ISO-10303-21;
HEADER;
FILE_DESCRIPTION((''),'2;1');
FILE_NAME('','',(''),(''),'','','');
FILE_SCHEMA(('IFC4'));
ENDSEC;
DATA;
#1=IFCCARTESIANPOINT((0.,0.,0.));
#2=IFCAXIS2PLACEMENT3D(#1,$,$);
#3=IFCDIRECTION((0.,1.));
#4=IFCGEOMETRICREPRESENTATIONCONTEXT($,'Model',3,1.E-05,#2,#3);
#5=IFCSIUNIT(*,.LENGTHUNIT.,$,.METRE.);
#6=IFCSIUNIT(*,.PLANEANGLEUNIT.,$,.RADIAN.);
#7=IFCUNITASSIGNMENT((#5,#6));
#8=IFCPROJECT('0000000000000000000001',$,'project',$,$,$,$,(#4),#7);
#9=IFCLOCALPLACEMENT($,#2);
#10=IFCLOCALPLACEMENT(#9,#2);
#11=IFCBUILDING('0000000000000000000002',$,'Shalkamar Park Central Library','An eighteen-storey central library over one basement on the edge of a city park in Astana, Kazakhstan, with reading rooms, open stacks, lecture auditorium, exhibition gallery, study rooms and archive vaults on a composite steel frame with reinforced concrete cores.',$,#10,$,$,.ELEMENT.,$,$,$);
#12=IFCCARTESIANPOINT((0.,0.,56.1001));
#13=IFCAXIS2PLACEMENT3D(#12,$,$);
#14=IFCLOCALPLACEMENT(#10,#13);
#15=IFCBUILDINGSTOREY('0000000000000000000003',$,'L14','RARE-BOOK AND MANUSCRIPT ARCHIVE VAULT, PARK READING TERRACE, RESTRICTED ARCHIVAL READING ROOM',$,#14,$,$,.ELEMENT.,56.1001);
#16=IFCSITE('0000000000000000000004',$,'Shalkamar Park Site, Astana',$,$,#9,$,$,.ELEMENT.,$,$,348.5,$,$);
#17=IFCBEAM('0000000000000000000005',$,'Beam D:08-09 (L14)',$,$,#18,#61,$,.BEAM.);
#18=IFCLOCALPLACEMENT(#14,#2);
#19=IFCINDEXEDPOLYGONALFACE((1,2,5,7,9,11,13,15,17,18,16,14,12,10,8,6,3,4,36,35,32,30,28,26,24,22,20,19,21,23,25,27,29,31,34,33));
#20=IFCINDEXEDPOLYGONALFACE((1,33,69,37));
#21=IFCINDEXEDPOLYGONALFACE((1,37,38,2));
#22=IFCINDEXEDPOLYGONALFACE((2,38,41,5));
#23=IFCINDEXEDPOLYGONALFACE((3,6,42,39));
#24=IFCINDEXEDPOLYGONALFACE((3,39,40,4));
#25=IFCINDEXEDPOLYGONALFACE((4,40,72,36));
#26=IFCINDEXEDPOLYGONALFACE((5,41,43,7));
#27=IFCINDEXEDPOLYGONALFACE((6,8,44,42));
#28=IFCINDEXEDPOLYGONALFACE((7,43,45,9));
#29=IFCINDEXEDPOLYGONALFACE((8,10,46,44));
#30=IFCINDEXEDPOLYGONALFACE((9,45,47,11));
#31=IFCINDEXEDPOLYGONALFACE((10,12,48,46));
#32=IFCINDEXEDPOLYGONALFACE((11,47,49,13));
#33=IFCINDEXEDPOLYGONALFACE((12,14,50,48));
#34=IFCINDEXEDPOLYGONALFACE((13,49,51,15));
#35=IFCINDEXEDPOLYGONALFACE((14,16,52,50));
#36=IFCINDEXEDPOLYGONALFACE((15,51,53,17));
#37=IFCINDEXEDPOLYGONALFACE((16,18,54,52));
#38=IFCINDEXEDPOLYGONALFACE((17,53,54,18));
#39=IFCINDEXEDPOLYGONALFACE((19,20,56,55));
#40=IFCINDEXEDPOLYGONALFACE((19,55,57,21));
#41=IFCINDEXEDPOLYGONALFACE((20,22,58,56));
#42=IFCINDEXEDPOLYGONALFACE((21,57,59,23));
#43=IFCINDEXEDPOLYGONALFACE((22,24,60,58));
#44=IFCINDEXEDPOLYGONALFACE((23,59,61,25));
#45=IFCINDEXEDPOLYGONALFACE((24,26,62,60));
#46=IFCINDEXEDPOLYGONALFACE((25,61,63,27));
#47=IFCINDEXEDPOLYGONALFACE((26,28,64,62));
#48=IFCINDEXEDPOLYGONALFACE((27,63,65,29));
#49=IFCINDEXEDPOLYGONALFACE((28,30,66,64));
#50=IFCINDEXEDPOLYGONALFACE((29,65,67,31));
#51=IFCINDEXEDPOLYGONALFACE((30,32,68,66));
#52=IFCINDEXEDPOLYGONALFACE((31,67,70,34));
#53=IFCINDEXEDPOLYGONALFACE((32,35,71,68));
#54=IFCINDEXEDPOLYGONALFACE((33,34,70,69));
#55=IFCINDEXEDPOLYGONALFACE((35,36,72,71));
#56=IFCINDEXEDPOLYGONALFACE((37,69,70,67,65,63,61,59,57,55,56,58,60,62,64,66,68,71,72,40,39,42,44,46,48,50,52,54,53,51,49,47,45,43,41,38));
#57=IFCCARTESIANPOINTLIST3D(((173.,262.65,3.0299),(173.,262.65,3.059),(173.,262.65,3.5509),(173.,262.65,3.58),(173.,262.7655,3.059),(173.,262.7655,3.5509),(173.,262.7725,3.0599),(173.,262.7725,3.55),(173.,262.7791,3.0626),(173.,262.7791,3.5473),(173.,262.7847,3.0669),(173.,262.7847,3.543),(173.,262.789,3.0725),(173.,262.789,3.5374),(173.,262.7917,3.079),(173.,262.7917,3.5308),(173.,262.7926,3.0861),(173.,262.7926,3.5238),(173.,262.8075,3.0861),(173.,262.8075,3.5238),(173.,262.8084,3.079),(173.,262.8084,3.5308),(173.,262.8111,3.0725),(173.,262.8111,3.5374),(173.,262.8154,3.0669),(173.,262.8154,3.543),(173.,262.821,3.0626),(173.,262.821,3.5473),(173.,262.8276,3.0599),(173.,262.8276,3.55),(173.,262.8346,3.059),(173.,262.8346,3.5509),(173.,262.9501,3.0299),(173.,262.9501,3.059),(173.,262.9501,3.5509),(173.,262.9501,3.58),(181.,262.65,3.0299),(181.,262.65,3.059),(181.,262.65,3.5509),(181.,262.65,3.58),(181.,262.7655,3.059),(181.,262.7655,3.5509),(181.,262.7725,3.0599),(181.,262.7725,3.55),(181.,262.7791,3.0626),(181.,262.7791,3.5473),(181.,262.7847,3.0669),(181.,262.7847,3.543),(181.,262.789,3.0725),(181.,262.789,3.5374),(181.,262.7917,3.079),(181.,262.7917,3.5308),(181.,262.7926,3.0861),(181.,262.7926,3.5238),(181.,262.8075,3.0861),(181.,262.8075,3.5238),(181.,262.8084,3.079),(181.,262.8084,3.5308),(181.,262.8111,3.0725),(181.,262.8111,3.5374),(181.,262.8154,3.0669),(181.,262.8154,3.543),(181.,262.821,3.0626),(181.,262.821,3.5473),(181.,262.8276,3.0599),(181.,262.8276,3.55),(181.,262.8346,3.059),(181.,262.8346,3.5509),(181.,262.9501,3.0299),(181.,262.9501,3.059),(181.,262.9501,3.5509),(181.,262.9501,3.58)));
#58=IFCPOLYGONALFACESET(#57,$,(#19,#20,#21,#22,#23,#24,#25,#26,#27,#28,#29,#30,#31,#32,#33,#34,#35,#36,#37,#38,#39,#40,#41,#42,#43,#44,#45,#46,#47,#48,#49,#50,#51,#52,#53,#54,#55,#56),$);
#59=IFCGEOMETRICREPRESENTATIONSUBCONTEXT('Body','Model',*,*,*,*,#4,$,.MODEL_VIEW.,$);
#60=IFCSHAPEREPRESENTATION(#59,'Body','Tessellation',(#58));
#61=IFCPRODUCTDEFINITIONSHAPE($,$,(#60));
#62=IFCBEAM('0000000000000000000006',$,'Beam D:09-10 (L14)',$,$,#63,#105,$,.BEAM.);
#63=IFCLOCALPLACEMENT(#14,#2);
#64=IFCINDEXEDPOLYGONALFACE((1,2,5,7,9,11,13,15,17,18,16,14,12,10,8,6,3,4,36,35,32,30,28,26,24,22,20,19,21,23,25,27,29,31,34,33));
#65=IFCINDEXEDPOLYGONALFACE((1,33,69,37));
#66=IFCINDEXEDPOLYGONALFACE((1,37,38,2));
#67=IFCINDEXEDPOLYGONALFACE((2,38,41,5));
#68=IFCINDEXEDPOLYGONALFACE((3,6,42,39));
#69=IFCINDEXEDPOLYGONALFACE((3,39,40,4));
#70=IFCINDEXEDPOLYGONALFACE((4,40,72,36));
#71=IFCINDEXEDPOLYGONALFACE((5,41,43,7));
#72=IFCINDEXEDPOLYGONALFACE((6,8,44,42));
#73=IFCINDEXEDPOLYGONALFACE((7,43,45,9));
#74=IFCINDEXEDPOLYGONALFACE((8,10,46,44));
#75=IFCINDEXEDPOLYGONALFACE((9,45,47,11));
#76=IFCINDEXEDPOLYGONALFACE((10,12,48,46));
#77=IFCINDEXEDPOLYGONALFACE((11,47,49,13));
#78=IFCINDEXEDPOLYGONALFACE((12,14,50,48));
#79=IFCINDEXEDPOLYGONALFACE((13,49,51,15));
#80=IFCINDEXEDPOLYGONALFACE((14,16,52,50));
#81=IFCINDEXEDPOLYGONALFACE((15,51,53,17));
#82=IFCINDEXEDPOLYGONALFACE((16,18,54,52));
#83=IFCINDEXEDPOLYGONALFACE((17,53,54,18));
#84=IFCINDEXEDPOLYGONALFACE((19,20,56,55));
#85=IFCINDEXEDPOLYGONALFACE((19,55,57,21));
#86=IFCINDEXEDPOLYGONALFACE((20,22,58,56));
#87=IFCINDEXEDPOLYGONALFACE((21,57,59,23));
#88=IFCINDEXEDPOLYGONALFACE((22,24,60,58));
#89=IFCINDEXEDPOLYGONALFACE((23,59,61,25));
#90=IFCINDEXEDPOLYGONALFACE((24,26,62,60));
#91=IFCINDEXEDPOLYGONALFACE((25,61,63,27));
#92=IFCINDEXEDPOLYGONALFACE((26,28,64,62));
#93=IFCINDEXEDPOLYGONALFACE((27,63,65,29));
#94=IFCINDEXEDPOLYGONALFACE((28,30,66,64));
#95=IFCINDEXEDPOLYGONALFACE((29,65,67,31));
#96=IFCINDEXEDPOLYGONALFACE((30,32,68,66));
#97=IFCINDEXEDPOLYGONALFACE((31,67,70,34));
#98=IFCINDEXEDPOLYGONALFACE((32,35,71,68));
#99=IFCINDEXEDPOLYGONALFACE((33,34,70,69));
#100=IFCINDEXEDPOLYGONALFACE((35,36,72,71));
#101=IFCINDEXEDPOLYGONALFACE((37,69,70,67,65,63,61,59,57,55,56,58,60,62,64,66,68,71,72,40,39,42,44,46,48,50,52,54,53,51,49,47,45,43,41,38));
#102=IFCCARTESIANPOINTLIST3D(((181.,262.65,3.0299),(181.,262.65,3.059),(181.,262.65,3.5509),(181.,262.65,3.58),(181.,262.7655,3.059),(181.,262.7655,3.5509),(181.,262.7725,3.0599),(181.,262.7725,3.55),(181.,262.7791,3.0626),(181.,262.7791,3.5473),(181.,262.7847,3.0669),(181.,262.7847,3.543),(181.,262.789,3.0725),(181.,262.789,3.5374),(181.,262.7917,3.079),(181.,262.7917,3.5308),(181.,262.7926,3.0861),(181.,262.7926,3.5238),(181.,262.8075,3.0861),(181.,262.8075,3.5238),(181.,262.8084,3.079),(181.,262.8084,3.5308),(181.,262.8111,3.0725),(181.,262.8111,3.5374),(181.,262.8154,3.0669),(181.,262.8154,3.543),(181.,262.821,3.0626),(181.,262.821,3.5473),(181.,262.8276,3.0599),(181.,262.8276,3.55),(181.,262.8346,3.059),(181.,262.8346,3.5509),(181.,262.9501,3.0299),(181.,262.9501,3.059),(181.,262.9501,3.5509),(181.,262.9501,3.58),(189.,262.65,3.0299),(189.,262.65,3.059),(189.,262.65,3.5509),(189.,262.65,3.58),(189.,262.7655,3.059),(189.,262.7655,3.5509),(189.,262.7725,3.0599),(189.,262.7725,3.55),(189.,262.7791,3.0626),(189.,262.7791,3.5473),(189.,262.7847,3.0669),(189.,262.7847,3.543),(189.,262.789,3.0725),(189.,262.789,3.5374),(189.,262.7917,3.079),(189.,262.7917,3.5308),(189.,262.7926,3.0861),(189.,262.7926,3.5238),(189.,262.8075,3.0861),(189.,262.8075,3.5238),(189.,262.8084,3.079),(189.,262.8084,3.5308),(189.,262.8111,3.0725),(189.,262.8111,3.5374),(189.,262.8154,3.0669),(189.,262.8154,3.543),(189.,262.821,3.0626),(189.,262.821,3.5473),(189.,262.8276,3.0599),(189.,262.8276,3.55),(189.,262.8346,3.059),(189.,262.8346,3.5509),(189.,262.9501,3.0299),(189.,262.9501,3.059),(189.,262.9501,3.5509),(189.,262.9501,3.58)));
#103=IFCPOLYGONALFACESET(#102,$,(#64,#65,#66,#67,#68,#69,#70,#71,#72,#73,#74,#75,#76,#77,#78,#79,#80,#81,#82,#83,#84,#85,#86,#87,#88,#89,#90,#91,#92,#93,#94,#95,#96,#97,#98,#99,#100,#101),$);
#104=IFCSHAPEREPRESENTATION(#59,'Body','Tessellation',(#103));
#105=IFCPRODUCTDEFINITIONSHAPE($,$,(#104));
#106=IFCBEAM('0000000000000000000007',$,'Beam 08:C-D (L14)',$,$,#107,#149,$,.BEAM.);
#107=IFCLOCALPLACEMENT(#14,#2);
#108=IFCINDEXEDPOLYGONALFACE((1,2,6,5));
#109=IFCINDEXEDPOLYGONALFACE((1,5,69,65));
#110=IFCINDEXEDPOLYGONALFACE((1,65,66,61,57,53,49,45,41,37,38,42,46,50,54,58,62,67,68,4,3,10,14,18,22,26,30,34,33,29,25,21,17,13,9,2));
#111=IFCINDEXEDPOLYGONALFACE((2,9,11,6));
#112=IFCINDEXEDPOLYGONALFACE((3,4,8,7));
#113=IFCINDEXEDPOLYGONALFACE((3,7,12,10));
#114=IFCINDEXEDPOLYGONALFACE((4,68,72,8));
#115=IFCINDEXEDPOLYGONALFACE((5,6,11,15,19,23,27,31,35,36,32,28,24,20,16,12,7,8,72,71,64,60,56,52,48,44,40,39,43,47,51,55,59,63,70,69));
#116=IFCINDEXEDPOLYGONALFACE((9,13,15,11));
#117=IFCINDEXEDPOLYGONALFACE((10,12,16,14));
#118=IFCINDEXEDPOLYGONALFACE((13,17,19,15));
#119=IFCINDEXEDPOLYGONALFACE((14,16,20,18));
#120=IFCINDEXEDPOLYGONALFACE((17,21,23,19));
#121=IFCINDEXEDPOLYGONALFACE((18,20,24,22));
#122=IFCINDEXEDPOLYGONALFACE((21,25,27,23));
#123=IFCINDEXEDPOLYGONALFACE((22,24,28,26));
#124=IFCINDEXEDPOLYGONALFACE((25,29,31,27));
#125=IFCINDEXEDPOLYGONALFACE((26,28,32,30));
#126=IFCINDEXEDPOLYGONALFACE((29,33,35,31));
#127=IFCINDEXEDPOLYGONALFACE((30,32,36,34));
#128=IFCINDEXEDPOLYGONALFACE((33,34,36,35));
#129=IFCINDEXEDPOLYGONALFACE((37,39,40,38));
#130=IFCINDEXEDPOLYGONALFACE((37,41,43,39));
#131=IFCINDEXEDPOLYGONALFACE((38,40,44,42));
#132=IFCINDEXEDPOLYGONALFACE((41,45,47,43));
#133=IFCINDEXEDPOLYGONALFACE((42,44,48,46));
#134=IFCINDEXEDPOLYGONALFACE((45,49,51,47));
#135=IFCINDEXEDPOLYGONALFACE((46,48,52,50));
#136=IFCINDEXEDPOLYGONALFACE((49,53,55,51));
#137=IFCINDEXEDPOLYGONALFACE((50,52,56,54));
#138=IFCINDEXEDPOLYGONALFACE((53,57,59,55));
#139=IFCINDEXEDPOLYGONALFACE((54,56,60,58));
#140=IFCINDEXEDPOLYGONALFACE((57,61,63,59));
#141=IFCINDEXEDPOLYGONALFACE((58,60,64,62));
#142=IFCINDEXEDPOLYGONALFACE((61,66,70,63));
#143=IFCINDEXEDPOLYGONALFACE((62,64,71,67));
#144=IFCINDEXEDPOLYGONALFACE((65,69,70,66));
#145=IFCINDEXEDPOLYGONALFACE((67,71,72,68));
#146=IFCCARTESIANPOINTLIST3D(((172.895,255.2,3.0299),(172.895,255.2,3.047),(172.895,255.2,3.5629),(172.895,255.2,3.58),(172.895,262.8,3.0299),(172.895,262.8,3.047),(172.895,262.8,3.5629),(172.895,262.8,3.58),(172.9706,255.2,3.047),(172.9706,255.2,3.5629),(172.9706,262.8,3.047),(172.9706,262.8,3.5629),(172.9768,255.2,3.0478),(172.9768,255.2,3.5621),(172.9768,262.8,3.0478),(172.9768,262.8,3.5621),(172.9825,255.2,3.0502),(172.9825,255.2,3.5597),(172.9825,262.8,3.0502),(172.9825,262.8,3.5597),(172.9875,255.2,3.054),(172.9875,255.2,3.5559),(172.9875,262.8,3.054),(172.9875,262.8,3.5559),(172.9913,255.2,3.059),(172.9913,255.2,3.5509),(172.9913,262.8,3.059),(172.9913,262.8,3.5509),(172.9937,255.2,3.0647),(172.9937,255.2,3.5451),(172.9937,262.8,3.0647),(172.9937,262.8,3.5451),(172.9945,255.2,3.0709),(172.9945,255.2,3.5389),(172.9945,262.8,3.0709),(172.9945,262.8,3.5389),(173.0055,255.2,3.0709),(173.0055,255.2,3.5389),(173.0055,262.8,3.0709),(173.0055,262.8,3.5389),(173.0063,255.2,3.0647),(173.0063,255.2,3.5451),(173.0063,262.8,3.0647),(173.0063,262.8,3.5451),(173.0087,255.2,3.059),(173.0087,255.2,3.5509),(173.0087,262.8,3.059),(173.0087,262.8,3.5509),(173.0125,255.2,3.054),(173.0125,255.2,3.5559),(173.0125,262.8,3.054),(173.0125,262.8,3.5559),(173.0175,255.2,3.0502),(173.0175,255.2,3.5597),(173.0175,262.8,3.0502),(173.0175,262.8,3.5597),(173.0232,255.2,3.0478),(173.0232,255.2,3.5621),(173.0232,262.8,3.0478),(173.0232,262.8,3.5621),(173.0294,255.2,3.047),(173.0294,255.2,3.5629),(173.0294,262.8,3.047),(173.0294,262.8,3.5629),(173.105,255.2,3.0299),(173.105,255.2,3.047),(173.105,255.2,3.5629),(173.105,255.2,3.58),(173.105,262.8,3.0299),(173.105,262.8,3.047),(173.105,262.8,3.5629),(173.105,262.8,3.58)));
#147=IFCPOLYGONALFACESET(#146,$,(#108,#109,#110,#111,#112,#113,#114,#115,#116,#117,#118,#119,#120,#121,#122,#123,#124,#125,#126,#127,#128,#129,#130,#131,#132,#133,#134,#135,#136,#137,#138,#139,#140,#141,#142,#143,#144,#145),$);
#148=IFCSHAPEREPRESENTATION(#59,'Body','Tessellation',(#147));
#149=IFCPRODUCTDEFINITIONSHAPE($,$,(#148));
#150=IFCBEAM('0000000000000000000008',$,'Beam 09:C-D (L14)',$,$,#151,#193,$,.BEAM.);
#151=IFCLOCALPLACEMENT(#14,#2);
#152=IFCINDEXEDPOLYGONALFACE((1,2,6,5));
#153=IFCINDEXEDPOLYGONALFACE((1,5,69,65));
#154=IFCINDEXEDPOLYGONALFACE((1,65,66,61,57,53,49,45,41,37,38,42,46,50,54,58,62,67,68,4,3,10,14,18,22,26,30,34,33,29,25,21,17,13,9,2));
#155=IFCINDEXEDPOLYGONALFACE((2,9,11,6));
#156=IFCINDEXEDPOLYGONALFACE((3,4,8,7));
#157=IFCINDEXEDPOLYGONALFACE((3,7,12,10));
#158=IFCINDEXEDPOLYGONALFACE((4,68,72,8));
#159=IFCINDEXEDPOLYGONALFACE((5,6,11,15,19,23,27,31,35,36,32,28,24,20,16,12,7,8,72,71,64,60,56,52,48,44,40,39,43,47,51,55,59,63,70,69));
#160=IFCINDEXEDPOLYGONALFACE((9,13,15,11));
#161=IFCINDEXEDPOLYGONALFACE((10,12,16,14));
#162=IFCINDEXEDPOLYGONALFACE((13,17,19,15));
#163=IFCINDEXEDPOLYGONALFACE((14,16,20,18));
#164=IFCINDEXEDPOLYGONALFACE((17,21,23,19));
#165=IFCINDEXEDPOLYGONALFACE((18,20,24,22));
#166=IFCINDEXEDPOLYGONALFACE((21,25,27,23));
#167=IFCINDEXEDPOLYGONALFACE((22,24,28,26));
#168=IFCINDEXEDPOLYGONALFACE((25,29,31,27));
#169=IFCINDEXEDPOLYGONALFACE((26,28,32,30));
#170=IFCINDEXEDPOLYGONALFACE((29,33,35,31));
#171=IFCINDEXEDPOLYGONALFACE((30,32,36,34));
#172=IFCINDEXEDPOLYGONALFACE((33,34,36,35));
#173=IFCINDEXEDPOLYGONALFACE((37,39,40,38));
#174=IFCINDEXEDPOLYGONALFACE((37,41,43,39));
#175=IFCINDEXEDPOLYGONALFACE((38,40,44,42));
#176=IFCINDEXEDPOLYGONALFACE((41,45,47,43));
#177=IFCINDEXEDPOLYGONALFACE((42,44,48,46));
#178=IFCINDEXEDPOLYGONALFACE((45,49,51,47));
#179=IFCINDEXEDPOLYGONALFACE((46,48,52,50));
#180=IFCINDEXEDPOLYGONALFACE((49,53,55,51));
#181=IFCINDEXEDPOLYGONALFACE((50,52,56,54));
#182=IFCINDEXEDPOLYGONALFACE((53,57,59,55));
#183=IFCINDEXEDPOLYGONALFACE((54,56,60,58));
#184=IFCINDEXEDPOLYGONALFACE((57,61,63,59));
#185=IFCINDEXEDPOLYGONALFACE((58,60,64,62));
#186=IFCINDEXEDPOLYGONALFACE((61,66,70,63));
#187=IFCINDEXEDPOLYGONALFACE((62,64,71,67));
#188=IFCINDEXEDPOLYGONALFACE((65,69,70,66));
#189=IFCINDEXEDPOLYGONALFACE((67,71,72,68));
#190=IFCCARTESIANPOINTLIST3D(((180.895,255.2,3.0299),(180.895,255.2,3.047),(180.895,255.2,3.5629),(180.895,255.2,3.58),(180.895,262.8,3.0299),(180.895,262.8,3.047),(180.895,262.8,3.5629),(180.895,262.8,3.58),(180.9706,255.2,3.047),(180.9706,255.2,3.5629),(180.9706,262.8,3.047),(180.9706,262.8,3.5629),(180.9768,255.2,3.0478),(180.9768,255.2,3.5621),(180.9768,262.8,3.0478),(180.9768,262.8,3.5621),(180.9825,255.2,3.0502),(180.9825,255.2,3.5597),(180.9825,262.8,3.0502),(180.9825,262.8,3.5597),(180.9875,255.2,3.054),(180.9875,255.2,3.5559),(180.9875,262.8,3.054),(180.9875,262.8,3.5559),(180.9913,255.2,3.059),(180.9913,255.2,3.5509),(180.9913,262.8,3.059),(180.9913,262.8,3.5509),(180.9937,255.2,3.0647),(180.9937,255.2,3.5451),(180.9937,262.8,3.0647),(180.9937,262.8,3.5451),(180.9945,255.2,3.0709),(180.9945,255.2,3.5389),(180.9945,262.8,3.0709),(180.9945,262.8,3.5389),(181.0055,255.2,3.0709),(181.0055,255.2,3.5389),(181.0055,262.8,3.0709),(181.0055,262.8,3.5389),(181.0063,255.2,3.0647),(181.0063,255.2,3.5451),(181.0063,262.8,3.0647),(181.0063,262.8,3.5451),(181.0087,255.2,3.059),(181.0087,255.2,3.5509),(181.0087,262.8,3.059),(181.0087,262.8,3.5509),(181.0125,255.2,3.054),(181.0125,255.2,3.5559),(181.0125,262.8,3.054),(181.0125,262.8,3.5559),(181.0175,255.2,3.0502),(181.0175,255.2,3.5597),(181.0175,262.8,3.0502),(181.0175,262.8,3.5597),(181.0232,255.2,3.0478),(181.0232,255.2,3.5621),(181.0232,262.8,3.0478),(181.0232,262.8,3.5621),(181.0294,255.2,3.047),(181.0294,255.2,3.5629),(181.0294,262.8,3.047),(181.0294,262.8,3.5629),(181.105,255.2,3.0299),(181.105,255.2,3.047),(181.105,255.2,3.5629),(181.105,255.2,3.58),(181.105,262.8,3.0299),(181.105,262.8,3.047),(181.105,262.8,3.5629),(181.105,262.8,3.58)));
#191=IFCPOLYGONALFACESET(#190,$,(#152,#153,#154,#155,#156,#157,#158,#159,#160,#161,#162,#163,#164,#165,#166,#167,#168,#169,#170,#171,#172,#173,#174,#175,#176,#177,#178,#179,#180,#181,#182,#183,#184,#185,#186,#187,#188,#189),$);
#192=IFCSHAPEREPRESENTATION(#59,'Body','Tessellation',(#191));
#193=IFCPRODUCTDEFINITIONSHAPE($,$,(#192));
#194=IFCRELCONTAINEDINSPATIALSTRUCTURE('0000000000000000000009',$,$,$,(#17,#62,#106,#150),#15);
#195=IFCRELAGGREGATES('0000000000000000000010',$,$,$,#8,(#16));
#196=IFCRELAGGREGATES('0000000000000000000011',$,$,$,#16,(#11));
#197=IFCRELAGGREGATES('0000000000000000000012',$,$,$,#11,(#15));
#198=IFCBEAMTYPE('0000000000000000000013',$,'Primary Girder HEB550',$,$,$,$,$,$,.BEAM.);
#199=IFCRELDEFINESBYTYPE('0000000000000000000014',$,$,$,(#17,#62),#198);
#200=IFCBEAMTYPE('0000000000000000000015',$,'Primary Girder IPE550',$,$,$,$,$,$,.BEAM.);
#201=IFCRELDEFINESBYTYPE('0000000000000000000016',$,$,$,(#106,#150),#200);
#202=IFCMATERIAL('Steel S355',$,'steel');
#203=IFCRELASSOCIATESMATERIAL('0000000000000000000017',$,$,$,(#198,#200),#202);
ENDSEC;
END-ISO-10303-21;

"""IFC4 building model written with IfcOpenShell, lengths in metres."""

from ifc_helpers import new_model, si_unit, direction, frame, origin, origin_2d, place, context, subcontext, project, spatial, i_section, extrude, material, material_profile, profile_set, type_object, element, save


model = new_model("IFC4")

# Units and contexts
model_context = context("Model", 3, precision=1e-05, world=origin(), true_north=direction((0.0, 1.0)))
body_context = subcontext(model_context, "Body", "Model", "MODEL_VIEW")
ifc_project = project(units=[si_unit("LENGTHUNIT", "METRE"), si_unit("PLANEANGLEUNIT", "RADIAN")], contexts=[model_context])

# Site, building, storey
site_placement = place(None, origin())
site = spatial("IfcSite", under=ifc_project, at=site_placement, Name="Shalkamar Park Site, Astana", CompositionType="ELEMENT", RefElevation=348.5)
building_placement = place(site_placement, origin())
building = spatial("IfcBuilding", under=site, at=building_placement, Name="Shalkamar Park Central Library", Description="An eighteen-storey central library over one basement on the edge of a city park in Astana, Kazakhstan, with reading rooms, open stacks, lecture auditorium, exhibition gallery, study rooms and archive vaults on a composite steel frame with reinforced concrete cores.", CompositionType="ELEMENT")
storey_placement = place(building_placement, frame((0.0, 0.0, 56.1001)))
storey = spatial("IfcBuildingStorey", under=building, at=storey_placement, Name="L14", Description="RARE-BOOK AND MANUSCRIPT ARCHIVE VAULT, PARK READING TERRACE, RESTRICTED ARCHIVAL READING ROOM", CompositionType="ELEMENT", Elevation=56.1001)

# Shared definitions
ifc_material_1 = material(Name="Steel S355", Category="steel")

# Beams
ifc_material_profile_1 = material_profile(ifc_material_1, i_section(OverallWidth=0.3, OverallDepth=0.55, WebThickness=0.0149, FlangeThickness=0.0291, FilletRadius=0.0271, at=origin_2d()), Name="HEB 550")
ifc_profile_set_1 = profile_set([ifc_material_profile_1], Name="Steel S355")
beam_type_1 = type_object("IfcBeamType", Name="Primary Girder HEB550", PredefinedType="BEAM", material=ifc_profile_set_1)
for number, where, z_axis, x_axis, name in (
    (1, (173.0, 262.8, 3.3049), (1.0, 0.0, 0.0), (0.0, 1.0, 0.0), "Beam D:08-09 (L14)"),
    (2, (181.0, 262.8, 3.3049), (1.0, 0.0, 0.0), (0.0, 1.0, 0.0), "Beam D:09-10 (L14)"),
):
    element("IfcBeam", number, at=place(storey_placement, frame(where, z_axis=z_axis, x_axis=x_axis)), inside=storey, type_object=beam_type_1, Name=name, PredefinedType="BEAM", context=body_context, shape_type="SweptSolid", body=[
        extrude(i_section(OverallWidth=0.3, OverallDepth=0.55, WebThickness=0.0149, FlangeThickness=0.0291, FilletRadius=0.0271, at=origin_2d()), origin(), (0.0, 0.0, 1.0), 8.0),
    ])
ifc_material_profile_2 = material_profile(ifc_material_1, i_section(OverallWidth=0.21, OverallDepth=0.55, WebThickness=0.011, FlangeThickness=0.0171, FilletRadius=0.0239, at=origin_2d()), Name="IPE 550")
ifc_profile_set_2 = profile_set([ifc_material_profile_2], Name="Steel S355")
beam_type_2 = type_object("IfcBeamType", Name="Primary Girder IPE550", PredefinedType="BEAM", material=ifc_profile_set_2)
for number, where, z_axis, x_axis, name in (
    (3, (173.0, 255.2, 3.3049), (0.0, 1.0, 0.0), (-1.0, 0.0, 0.0), "Beam 08:C-D (L14)"),
    (4, (181.0, 255.2, 3.3049), (0.0, 1.0, 0.0), (-1.0, 0.0, 0.0), "Beam 09:C-D (L14)"),
):
    element("IfcBeam", number, at=place(storey_placement, frame(where, z_axis=z_axis, x_axis=x_axis)), inside=storey, type_object=beam_type_2, Name=name, PredefinedType="BEAM", context=body_context, shape_type="SweptSolid", body=[
        extrude(i_section(OverallWidth=0.21, OverallDepth=0.55, WebThickness=0.011, FlangeThickness=0.0171, FilletRadius=0.0239, at=origin_2d()), origin(), (0.0, 0.0, 1.0), 7.6001),
    ])

save(model, "model.ifc")
